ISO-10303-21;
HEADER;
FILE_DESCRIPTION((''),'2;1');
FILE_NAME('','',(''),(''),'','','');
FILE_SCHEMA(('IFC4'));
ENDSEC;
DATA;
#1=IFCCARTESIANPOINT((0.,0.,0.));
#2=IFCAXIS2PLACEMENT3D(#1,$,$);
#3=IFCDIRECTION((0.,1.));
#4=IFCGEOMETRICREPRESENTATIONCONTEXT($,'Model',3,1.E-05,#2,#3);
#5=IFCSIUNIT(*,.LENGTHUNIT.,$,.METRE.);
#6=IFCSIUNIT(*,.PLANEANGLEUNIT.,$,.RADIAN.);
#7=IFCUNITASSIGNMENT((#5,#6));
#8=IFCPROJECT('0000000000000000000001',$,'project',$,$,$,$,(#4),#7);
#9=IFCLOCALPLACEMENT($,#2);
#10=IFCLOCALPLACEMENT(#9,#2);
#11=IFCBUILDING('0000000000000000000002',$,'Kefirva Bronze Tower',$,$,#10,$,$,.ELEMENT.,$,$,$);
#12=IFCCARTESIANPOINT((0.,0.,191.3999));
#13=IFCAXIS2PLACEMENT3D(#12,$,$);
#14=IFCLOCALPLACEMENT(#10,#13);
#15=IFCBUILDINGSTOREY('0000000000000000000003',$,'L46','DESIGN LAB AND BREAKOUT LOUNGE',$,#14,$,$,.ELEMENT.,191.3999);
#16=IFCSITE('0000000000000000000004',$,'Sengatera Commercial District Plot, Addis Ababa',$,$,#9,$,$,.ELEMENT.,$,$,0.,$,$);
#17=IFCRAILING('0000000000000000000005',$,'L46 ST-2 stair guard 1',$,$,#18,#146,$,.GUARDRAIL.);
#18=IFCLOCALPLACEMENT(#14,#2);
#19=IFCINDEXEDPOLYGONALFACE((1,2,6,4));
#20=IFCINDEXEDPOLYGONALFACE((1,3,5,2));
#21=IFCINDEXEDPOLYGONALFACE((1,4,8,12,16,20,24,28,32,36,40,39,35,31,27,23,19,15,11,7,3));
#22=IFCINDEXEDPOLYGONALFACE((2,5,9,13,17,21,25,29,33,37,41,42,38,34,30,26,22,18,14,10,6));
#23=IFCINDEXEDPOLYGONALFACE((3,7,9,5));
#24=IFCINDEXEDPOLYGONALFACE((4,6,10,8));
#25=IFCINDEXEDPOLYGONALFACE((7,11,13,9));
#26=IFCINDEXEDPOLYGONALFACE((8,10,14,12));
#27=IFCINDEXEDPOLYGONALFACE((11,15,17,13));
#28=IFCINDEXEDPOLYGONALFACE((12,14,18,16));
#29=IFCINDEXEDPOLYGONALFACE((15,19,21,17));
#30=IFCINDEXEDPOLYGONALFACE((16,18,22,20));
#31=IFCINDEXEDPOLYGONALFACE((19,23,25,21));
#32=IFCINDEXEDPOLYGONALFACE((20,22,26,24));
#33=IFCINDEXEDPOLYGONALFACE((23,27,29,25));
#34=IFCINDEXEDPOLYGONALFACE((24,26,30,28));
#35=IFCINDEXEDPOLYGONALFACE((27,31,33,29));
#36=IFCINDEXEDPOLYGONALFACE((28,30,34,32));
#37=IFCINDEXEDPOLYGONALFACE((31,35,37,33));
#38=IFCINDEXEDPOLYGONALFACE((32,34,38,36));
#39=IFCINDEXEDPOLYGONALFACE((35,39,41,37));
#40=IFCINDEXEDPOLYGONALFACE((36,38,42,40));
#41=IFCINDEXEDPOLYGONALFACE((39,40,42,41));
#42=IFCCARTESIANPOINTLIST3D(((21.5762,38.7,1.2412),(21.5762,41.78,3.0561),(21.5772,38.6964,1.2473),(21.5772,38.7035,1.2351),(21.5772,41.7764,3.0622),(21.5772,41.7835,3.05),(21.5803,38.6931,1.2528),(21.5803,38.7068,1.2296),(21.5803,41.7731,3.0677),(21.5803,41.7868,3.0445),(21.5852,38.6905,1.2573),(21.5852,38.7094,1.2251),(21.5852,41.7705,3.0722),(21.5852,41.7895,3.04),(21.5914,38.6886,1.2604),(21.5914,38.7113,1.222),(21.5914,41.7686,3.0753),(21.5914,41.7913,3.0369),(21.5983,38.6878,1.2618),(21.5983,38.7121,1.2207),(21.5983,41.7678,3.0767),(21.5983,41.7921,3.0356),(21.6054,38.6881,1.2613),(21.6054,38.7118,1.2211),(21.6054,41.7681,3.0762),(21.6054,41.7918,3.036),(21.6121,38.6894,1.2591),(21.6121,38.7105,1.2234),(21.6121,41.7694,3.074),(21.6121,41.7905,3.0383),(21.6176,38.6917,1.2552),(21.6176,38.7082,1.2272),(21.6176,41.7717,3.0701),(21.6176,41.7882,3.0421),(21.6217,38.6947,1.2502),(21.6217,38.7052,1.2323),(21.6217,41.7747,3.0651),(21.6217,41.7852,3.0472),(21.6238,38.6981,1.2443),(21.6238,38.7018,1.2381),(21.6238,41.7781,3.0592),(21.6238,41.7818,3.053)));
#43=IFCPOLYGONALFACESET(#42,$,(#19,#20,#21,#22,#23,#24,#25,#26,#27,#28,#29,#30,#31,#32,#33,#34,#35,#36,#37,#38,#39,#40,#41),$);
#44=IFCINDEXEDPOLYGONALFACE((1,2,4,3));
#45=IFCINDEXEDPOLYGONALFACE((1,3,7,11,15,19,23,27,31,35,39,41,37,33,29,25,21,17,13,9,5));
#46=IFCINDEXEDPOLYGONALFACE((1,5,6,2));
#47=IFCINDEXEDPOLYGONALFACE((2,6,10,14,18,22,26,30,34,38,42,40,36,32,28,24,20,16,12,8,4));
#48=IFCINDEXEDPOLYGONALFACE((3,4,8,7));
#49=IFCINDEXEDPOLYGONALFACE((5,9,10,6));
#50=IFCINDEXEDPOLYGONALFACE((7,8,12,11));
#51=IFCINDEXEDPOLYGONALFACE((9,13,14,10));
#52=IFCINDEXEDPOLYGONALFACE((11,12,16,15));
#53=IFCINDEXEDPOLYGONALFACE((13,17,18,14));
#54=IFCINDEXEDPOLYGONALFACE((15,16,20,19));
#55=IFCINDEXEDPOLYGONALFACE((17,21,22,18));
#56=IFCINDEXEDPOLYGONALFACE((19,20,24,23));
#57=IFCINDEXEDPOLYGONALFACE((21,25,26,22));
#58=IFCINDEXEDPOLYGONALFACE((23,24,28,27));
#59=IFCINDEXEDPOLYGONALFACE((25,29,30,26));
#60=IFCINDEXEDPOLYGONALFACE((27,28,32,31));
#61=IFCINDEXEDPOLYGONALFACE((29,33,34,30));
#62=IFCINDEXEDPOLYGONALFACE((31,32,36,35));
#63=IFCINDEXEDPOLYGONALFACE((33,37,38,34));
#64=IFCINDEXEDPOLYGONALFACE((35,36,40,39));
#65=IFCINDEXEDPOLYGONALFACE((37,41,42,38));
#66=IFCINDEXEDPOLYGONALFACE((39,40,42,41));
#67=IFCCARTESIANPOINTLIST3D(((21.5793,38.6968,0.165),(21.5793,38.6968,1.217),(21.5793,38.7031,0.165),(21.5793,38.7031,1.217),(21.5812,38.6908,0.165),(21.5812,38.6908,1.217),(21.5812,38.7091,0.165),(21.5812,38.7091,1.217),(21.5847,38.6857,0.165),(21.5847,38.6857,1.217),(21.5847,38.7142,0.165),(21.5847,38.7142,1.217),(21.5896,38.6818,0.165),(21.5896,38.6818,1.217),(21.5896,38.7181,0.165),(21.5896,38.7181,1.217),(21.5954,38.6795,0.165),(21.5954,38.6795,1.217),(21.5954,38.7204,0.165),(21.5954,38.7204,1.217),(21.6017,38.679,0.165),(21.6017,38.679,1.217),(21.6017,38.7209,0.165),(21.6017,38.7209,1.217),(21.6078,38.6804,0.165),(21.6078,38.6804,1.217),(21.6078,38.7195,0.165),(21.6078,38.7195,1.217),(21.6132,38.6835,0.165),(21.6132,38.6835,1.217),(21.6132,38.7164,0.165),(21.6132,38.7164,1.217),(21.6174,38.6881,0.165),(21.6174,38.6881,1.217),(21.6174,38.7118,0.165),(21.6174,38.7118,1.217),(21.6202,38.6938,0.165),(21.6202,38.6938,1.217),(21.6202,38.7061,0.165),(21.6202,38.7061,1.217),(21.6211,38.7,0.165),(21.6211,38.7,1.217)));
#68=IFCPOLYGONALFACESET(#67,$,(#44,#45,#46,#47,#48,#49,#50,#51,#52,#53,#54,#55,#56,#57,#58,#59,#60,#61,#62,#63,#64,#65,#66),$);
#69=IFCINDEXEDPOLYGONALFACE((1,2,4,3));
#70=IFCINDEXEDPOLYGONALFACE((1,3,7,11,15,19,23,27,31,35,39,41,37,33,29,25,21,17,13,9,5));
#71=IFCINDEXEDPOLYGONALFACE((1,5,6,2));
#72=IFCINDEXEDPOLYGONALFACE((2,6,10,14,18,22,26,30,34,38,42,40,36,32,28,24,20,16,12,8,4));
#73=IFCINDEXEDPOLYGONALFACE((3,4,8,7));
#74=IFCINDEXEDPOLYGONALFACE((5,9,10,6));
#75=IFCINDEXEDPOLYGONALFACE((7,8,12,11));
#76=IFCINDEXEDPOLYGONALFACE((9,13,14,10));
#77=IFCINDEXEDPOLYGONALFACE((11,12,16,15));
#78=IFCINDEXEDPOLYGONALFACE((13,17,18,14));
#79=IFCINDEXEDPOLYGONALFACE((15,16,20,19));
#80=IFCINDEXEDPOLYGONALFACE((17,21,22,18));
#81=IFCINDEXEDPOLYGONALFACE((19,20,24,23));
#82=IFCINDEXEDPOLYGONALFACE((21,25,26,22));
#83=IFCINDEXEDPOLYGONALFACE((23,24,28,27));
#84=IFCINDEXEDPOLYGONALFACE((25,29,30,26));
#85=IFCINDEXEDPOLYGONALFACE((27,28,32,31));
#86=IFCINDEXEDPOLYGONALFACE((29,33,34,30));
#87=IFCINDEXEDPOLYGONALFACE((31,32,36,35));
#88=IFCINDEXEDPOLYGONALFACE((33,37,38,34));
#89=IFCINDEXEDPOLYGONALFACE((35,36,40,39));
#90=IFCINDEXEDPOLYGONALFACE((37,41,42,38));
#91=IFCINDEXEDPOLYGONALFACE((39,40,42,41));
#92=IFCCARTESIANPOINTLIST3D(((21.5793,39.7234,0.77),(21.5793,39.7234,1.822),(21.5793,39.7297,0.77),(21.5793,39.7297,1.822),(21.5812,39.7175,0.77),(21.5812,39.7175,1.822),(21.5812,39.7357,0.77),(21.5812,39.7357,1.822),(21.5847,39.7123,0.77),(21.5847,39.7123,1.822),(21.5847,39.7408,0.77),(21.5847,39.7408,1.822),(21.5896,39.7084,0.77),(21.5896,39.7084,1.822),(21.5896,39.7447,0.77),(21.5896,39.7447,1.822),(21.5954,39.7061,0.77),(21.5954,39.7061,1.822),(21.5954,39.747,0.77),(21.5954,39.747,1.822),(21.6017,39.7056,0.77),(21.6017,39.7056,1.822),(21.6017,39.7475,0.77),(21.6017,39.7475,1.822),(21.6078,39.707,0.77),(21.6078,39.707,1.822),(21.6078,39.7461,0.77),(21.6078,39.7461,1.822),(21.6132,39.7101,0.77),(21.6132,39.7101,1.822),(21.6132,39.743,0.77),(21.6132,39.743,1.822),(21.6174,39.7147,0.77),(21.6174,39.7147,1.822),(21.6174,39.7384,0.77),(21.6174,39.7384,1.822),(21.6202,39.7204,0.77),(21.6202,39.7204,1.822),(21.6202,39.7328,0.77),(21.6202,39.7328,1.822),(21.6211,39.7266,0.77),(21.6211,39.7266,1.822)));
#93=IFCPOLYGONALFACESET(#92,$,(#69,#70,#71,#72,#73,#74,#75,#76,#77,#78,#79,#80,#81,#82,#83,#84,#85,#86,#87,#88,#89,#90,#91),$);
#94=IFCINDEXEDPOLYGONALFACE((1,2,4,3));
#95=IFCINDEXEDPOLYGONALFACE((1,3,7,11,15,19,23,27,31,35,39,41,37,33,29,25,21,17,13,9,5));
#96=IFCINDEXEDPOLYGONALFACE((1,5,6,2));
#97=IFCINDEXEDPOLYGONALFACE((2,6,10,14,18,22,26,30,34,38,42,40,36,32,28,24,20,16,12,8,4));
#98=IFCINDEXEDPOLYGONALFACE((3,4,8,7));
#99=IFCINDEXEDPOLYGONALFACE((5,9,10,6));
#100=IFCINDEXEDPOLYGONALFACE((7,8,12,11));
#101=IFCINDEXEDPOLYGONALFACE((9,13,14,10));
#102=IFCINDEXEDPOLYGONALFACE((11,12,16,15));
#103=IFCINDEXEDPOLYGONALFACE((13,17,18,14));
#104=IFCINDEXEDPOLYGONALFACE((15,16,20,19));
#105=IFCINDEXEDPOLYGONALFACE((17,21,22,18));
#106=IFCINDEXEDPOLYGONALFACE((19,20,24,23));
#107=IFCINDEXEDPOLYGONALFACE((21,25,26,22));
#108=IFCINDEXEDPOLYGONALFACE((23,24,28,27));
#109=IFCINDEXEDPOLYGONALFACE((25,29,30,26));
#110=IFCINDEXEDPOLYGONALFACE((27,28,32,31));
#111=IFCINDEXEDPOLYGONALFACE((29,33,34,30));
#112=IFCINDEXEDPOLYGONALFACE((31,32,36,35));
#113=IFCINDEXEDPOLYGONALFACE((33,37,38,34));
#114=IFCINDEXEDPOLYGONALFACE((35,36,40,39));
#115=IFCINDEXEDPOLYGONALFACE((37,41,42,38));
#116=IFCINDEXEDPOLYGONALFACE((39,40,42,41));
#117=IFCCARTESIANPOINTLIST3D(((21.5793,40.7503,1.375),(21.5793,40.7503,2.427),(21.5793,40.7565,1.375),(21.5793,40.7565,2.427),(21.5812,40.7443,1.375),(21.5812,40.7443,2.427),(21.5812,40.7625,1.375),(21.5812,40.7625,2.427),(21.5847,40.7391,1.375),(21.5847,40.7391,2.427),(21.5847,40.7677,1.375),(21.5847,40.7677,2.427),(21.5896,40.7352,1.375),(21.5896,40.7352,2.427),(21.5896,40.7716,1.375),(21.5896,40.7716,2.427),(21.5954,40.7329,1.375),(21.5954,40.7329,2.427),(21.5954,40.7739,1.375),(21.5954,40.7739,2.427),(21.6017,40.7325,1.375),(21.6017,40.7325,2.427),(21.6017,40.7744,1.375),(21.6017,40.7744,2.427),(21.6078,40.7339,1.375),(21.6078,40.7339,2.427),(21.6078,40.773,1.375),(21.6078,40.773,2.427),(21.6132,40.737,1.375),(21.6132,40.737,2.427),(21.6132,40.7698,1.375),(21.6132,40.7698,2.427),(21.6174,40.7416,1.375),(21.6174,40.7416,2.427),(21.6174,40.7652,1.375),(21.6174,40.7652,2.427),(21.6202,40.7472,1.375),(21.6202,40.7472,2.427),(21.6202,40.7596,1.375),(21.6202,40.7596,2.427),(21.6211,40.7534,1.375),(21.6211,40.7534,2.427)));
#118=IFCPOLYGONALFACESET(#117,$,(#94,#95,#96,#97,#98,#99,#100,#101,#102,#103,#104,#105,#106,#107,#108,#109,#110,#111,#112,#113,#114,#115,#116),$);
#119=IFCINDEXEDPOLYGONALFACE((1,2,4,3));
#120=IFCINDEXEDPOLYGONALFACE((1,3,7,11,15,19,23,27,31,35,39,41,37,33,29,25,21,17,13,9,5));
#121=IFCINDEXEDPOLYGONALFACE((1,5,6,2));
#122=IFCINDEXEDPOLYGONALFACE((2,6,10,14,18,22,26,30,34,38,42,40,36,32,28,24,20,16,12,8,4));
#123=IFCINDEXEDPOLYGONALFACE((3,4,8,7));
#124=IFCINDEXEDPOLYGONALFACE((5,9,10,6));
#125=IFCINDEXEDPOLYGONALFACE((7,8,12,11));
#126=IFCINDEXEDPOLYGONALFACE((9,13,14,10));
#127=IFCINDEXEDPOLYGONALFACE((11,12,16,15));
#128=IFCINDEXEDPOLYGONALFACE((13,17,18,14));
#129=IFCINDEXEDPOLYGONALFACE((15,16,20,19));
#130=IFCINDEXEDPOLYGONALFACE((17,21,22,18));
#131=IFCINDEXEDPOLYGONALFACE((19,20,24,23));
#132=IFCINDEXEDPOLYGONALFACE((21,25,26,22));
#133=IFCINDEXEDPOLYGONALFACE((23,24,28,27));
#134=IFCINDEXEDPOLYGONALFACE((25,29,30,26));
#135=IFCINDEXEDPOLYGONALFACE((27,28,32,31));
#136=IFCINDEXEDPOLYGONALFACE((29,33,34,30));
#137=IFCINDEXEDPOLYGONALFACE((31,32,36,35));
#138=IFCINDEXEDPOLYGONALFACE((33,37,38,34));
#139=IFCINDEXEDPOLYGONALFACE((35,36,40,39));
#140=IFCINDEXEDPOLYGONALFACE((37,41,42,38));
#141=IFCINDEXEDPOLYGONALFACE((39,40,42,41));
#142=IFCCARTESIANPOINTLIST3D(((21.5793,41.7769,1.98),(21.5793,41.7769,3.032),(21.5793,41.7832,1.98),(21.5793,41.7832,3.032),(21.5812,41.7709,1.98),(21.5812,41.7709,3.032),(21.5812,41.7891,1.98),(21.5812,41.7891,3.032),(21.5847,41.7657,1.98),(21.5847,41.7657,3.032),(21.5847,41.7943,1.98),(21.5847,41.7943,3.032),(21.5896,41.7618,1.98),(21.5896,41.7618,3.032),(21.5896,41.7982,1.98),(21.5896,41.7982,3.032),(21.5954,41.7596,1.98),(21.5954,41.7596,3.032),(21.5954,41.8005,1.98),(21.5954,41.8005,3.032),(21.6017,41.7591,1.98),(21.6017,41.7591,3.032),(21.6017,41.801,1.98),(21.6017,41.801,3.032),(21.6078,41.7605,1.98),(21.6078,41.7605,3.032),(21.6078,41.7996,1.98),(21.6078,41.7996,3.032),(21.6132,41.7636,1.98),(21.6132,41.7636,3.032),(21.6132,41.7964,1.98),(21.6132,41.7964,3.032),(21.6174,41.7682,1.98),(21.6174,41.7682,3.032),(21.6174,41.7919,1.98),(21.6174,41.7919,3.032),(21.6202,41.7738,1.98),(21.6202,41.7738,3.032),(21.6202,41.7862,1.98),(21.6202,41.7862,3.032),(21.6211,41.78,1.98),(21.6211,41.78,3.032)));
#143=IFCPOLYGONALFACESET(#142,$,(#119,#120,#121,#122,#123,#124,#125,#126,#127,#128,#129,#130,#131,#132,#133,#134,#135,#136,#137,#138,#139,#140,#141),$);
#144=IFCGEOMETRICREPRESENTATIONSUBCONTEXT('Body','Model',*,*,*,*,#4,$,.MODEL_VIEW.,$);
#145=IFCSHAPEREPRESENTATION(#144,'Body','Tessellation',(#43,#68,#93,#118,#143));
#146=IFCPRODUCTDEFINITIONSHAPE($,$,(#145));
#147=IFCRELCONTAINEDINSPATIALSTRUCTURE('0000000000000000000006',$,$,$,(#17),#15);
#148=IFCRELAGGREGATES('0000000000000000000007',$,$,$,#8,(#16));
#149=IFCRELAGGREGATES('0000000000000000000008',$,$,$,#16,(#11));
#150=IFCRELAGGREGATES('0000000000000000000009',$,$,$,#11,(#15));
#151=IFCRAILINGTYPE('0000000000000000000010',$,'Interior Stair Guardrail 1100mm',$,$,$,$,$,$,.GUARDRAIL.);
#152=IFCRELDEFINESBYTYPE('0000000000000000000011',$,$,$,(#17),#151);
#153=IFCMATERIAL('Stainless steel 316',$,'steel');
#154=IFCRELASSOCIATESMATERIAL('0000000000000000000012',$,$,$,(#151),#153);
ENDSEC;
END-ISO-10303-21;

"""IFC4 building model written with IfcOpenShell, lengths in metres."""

from ifc_helpers import new_model, si_unit, direction, frame, origin, origin_2d, place, context, subcontext, project, spatial, circle, extrude, material, type_object, element, save


model = new_model("IFC4")

# Units and contexts
model_context = context("Model", 3, precision=1e-05, world=origin(), true_north=direction((0.0, 1.0)))
body_context = subcontext(model_context, "Body", "Model", "MODEL_VIEW")
ifc_project = project(units=[si_unit("LENGTHUNIT", "METRE"), si_unit("PLANEANGLEUNIT", "RADIAN")], contexts=[model_context])

# Site, building, storey
site_placement = place(None, origin())
site = spatial("IfcSite", under=ifc_project, at=site_placement, Name="Sengatera Commercial District Plot, Addis Ababa", CompositionType="ELEMENT", RefElevation=0.0)
building_placement = place(site_placement, origin())
building = spatial("IfcBuilding", under=site, at=building_placement, Name="Kefirva Bronze Tower", CompositionType="ELEMENT")
storey_placement = place(building_placement, frame((0.0, 0.0, 191.3999)))
storey = spatial("IfcBuildingStorey", under=building, at=storey_placement, Name="L46", Description="DESIGN LAB AND BREAKOUT LOUNGE", CompositionType="ELEMENT", Elevation=191.3999)

# Railing
ifc_material_1 = material(Name="Stainless steel 316", Category="steel")
railing_type = type_object("IfcRailingType", Name="Interior Stair Guardrail 1100mm", PredefinedType="GUARDRAIL", material=ifc_material_1)
railing_1_placement = place(storey_placement, frame((21.6001, 38.7, 0.165)))
element("IfcRailing", 1, at=railing_1_placement, inside=storey, type_object=railing_type, Name="L46 ST-2 stair guard 1", PredefinedType="GUARDRAIL", context=body_context, shape_type="SweptSolid", body=[
    extrude(circle(Radius=0.0239, at=origin_2d()), frame((0.0, 0.0, 1.0762), z_axis=(0.0, 0.861551, 0.507671), x_axis=(-1.0, 0.0, 0.0)), (0.0, 0.0, 1.0), 3.575),
    extrude(circle(Radius=0.021, at=origin_2d()), origin(), (0.0, 0.0, 1.0), 1.052),
    extrude(circle(Radius=0.021, at=origin_2d()), frame((0.0, 1.0266, 0.605)), (0.0, 0.0, 1.0), 1.052),
    extrude(circle(Radius=0.021, at=origin_2d()), frame((0.0, 2.0535, 1.21)), (0.0, 0.0, 1.0), 1.052),
    extrude(circle(Radius=0.021, at=origin_2d()), frame((0.0, 3.0801, 1.8149)), (0.0, 0.0, 1.0), 1.052),
])

save(model, "model.ifc")
